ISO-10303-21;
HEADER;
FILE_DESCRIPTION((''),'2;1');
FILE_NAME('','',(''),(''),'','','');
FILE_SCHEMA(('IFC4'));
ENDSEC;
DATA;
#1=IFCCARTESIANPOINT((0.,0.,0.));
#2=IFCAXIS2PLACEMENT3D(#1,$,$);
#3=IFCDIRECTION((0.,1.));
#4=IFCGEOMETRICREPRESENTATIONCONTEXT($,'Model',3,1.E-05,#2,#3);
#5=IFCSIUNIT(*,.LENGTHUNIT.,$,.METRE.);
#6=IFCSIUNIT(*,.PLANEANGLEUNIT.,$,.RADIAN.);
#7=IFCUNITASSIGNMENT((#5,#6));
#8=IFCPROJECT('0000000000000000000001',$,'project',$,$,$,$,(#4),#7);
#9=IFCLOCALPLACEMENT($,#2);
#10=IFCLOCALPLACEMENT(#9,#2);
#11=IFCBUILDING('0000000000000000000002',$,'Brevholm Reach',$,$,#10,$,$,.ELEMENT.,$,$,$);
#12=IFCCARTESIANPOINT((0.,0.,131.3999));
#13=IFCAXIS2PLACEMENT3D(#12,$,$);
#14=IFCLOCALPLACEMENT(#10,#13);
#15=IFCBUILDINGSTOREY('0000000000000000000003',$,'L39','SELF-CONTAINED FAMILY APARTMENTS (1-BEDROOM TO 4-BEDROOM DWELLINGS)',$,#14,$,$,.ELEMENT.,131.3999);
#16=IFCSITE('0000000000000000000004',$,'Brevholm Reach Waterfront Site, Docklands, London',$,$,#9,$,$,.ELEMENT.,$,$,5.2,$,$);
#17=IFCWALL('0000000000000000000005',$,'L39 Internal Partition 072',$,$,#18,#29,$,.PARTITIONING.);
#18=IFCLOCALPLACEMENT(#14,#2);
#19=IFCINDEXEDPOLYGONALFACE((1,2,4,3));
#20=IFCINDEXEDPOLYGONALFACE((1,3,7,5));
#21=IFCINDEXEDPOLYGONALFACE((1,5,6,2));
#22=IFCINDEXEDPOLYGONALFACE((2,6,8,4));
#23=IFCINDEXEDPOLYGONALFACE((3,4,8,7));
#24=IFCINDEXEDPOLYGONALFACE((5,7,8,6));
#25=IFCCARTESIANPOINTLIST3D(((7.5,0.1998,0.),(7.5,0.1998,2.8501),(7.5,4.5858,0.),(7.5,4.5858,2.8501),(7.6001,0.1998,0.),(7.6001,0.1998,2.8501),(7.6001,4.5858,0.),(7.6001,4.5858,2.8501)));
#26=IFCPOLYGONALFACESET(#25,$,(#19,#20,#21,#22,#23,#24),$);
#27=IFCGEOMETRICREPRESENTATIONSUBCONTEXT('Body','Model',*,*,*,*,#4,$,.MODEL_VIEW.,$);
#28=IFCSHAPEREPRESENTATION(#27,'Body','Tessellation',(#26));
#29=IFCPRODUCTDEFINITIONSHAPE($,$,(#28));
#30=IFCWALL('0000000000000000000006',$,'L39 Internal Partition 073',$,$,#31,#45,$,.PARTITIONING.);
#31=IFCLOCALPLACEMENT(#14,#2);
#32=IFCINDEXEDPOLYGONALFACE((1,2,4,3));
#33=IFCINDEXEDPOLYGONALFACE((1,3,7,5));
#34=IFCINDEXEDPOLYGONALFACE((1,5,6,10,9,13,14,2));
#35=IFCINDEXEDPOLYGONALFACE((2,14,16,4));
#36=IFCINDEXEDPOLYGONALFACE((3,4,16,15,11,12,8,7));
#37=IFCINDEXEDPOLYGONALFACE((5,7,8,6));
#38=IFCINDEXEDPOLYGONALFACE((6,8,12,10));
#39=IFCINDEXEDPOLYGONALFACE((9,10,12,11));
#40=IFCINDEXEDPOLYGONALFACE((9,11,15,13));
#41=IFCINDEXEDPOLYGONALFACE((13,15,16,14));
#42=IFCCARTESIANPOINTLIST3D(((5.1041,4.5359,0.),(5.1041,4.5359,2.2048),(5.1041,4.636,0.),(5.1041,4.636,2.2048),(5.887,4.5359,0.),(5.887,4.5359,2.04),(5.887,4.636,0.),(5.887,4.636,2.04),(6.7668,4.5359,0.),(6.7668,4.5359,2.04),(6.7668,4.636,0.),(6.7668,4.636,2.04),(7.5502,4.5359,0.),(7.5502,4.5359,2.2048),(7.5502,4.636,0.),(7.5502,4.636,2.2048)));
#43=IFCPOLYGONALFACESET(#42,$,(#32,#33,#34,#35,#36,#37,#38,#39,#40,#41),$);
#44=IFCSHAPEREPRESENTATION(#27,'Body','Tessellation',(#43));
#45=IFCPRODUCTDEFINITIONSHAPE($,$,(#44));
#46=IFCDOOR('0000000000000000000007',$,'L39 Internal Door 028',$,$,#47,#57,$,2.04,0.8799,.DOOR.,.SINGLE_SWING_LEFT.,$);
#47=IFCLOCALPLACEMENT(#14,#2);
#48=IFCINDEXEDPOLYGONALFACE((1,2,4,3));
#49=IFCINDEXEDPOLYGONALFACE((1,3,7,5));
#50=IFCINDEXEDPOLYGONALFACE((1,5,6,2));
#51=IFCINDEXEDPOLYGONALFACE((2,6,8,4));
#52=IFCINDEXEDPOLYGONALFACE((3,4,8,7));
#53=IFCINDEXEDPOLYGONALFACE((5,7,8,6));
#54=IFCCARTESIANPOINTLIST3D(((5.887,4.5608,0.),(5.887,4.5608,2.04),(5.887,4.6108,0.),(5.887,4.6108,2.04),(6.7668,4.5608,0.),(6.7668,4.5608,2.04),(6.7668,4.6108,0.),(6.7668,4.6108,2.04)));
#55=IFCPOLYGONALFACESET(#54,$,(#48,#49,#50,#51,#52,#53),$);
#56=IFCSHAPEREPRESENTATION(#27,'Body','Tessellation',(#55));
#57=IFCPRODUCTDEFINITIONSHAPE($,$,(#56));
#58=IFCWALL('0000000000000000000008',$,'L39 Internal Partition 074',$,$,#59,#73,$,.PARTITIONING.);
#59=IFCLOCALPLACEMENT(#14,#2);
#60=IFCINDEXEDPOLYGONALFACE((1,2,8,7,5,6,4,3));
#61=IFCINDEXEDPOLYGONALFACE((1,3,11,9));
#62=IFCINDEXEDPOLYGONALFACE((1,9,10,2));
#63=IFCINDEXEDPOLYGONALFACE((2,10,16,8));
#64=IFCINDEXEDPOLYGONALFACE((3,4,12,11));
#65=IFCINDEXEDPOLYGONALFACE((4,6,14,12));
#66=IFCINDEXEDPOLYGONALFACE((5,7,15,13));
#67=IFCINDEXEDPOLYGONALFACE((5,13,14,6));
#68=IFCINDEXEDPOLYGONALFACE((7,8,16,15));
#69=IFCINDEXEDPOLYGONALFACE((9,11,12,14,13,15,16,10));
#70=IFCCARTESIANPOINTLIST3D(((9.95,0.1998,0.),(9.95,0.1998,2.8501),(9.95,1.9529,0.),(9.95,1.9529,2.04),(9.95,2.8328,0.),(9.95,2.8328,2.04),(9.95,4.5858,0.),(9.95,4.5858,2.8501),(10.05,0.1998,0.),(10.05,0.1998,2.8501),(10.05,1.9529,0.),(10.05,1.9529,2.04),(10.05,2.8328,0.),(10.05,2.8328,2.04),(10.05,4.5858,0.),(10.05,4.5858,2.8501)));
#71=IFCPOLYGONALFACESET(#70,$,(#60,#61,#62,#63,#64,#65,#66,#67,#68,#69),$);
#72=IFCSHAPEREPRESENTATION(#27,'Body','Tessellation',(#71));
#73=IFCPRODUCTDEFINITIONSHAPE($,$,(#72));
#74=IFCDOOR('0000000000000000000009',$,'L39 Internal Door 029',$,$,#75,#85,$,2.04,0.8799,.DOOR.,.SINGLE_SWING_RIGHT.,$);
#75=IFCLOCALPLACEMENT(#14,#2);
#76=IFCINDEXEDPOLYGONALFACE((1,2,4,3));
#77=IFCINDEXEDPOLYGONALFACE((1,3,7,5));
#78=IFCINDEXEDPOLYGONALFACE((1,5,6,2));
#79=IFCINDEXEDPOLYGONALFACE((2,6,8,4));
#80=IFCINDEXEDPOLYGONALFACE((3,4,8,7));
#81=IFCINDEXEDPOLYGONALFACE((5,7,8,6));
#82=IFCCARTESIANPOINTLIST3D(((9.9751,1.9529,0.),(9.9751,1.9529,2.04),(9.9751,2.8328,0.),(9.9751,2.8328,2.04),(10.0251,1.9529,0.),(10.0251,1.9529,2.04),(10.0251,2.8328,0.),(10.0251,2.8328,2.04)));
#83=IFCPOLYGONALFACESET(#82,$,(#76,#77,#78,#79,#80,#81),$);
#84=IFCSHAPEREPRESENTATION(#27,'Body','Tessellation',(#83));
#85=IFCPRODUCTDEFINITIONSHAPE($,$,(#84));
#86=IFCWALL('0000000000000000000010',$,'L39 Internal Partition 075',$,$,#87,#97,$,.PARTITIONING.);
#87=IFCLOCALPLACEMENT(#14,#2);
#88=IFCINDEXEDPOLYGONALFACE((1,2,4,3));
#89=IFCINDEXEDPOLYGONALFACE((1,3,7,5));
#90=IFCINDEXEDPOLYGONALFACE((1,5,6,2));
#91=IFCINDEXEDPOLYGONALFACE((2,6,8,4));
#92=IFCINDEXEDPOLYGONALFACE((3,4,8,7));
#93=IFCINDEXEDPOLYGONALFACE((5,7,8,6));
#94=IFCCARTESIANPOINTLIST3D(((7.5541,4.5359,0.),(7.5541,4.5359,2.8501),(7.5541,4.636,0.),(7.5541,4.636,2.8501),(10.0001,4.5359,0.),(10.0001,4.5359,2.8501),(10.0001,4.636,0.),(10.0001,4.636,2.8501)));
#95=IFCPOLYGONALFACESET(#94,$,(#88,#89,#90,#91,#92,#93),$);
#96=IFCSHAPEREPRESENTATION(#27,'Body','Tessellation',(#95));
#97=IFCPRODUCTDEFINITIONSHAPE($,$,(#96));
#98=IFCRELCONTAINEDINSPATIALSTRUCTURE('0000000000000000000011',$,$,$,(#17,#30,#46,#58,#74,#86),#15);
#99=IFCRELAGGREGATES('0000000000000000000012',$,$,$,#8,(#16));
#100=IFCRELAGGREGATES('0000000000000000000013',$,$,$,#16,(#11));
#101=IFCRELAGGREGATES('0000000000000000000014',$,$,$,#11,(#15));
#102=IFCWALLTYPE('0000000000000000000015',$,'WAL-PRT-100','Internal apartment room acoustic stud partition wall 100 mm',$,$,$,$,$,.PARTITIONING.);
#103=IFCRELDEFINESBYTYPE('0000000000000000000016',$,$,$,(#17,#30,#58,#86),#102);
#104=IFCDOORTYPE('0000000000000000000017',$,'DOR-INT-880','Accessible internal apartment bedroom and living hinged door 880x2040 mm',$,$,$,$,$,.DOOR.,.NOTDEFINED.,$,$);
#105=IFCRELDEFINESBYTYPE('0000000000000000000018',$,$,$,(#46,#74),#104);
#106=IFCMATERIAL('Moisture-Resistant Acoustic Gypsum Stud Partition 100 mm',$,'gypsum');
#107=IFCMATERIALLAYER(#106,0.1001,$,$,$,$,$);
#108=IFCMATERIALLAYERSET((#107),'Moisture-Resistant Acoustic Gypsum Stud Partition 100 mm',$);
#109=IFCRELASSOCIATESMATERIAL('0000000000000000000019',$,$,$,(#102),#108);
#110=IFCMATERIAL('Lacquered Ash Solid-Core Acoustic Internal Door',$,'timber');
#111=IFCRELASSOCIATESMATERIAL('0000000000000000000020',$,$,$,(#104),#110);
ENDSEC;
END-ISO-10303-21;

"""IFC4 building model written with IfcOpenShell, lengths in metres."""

from ifc_helpers import new_model, si_unit, direction, frame, frame_2d, origin, place, context, subcontext, project, spatial, rectangle, extrude, material, layer, layer_set, type_object, element, fill, save


model = new_model("IFC4")

# Units and contexts
model_context = context("Model", 3, precision=1e-05, world=origin(), true_north=direction((0.0, 1.0)))
body_context = subcontext(model_context, "Body", "Model", "MODEL_VIEW")
ifc_project = project(units=[si_unit("LENGTHUNIT", "METRE"), si_unit("PLANEANGLEUNIT", "RADIAN")], contexts=[model_context])

# Site, building, storey
site_placement = place(None, origin())
site = spatial("IfcSite", under=ifc_project, at=site_placement, Name="Brevholm Reach Waterfront Site, Docklands, London", CompositionType="ELEMENT", RefElevation=5.2)
building_placement = place(site_placement, origin())
building = spatial("IfcBuilding", under=site, at=building_placement, Name="Brevholm Reach", CompositionType="ELEMENT")
storey_placement = place(building_placement, frame((0.0, 0.0, 131.3999)))
storey = spatial("IfcBuildingStorey", under=building, at=storey_placement, Name="L39", Description="SELF-CONTAINED FAMILY APARTMENTS (1-BEDROOM TO 4-BEDROOM DWELLINGS)", CompositionType="ELEMENT", Elevation=131.3999)

# Shared definitions
ifc_material_1 = material(Name="Moisture-Resistant Acoustic Gypsum Stud Partition 100 mm", Category="gypsum")
ifc_layer_1 = layer(ifc_material_1, 0.1001)
ifc_layer_set_1 = layer_set([ifc_layer_1], Name="Moisture-Resistant Acoustic Gypsum Stud Partition 100 mm")
wall_type_1 = type_object("IfcWallType", Name="WAL-PRT-100", Description="Internal apartment room acoustic stud partition wall 100 mm", PredefinedType="PARTITIONING", material=ifc_layer_set_1)

# Shared definitions
ifc_material_2 = material(Name="Lacquered Ash Solid-Core Acoustic Internal Door", Category="timber")
door_type = type_object("IfcDoorType", Name="DOR-INT-880", Description="Accessible internal apartment bedroom and living hinged door 880x2040 mm", OperationType="NOTDEFINED", PredefinedType="DOOR", material=ifc_material_2)

# Wall
wall_1_placement = place(storey_placement, frame((7.55, 0.2, 0.0), z_axis=(0.0, 0.0, 1.0), x_axis=(0.0, 1.0, 0.0)))
element("IfcWall", 1, at=wall_1_placement, inside=storey, type_object=wall_type_1, Name="L39 Internal Partition 072", PredefinedType="PARTITIONING", context=body_context, shape_type="SweptSolid", body=[
    extrude(rectangle(XDim=4.386, YDim=0.1001, at=frame_2d((2.1929, 0.0))), origin(), (0.0, 0.0, 1.0), 2.8501),
])

# Walls, openings, doors
wall_2_placement = place(storey_placement, frame((5.104, 4.5859, 0.0), z_axis=(0.0, 0.0, 1.0), x_axis=(1.0, 0.0, 0.0)))
wall_2 = element("IfcWall", 2, at=wall_2_placement, inside=storey, type_object=wall_type_1, Name="L39 Internal Partition 073", PredefinedType="PARTITIONING", context=body_context, shape_type="SweptSolid", body=[
    extrude(rectangle(XDim=2.446, YDim=0.1001, at=frame_2d((1.2231, 0.0))), origin(), (0.0, 0.0, 1.0), 2.2048),
])
opening_1_placement = place(wall_2_placement, frame((0.783, 0.0, 0.0)))
opening_1 = element("IfcOpeningElement", 3, at=opening_1_placement, cuts=wall_2, PredefinedType="OPENING", context=body_context, shape_type="SweptSolid", body=[
    extrude(rectangle(XDim=0.8799, YDim=2.04, at=frame_2d((0.4399, 1.02))), frame((0.0, 0.0601, 0.0), z_axis=(0.0, -1.0, 0.0), x_axis=(1.0, 0.0, 0.0)), (0.0, 0.0, 1.0), 0.1201),
])
door_1_placement = place(opening_1_placement, origin())
door_1 = element("IfcDoor", 4, at=door_1_placement, inside=storey, type_object=door_type, Name="L39 Internal Door 028", OperationType="SINGLE_SWING_LEFT", OverallHeight=2.04, OverallWidth=0.8799, PredefinedType="DOOR", context=body_context, shape_type="SweptSolid", body=[
    extrude(rectangle(XDim=0.8799, YDim=2.04, at=frame_2d((0.4399, 1.02))), frame((0.0, 0.0249, 0.0), z_axis=(0.0, -1.0, 0.0), x_axis=(1.0, 0.0, 0.0)), (0.0, 0.0, 1.0), 0.05),
])
fill(opening_1, door_1)
wall_3_placement = place(storey_placement, frame((10.0, 0.2, 0.0), z_axis=(0.0, 0.0, 1.0), x_axis=(0.0, 1.0, 0.0)))
wall_3 = element("IfcWall", 5, at=wall_3_placement, inside=storey, type_object=wall_type_1, Name="L39 Internal Partition 074", PredefinedType="PARTITIONING", context=body_context, shape_type="SweptSolid", body=[
    extrude(rectangle(XDim=4.386, YDim=0.1001, at=frame_2d((2.1929, 0.0))), origin(), (0.0, 0.0, 1.0), 2.8501),
])
opening_2_placement = place(wall_3_placement, frame((1.7529, 0.0, 0.0)))
opening_2 = element("IfcOpeningElement", 6, at=opening_2_placement, cuts=wall_3, PredefinedType="OPENING", context=body_context, shape_type="SweptSolid", body=[
    extrude(rectangle(XDim=0.8799, YDim=2.04, at=frame_2d((0.4399, 1.02))), frame((0.0, 0.0601, 0.0), z_axis=(0.0, -1.0, 0.0), x_axis=(1.0, 0.0, 0.0)), (0.0, 0.0, 1.0), 0.1201),
])
door_2_placement = place(opening_2_placement, origin())
door_2 = element("IfcDoor", 7, at=door_2_placement, inside=storey, type_object=door_type, Name="L39 Internal Door 029", OperationType="SINGLE_SWING_RIGHT", OverallHeight=2.04, OverallWidth=0.8799, PredefinedType="DOOR", context=body_context, shape_type="SweptSolid", body=[
    extrude(rectangle(XDim=0.8799, YDim=2.04, at=frame_2d((0.4399, 1.02))), frame((0.0, 0.0249, 0.0), z_axis=(0.0, -1.0, 0.0), x_axis=(1.0, 0.0, 0.0)), (0.0, 0.0, 1.0), 0.05),
])
fill(opening_2, door_2)

# Wall
wall_4_placement = place(storey_placement, frame((7.554, 4.5859, 0.0), z_axis=(0.0, 0.0, 1.0), x_axis=(1.0, 0.0, 0.0)))
element("IfcWall", 8, at=wall_4_placement, inside=storey, type_object=wall_type_1, Name="L39 Internal Partition 075", PredefinedType="PARTITIONING", context=body_context, shape_type="SweptSolid", body=[
    extrude(rectangle(XDim=2.446, YDim=0.1001, at=frame_2d((1.2231, 0.0))), origin(), (0.0, 0.0, 1.0), 2.8501),
])

save(model, "model.ifc")
